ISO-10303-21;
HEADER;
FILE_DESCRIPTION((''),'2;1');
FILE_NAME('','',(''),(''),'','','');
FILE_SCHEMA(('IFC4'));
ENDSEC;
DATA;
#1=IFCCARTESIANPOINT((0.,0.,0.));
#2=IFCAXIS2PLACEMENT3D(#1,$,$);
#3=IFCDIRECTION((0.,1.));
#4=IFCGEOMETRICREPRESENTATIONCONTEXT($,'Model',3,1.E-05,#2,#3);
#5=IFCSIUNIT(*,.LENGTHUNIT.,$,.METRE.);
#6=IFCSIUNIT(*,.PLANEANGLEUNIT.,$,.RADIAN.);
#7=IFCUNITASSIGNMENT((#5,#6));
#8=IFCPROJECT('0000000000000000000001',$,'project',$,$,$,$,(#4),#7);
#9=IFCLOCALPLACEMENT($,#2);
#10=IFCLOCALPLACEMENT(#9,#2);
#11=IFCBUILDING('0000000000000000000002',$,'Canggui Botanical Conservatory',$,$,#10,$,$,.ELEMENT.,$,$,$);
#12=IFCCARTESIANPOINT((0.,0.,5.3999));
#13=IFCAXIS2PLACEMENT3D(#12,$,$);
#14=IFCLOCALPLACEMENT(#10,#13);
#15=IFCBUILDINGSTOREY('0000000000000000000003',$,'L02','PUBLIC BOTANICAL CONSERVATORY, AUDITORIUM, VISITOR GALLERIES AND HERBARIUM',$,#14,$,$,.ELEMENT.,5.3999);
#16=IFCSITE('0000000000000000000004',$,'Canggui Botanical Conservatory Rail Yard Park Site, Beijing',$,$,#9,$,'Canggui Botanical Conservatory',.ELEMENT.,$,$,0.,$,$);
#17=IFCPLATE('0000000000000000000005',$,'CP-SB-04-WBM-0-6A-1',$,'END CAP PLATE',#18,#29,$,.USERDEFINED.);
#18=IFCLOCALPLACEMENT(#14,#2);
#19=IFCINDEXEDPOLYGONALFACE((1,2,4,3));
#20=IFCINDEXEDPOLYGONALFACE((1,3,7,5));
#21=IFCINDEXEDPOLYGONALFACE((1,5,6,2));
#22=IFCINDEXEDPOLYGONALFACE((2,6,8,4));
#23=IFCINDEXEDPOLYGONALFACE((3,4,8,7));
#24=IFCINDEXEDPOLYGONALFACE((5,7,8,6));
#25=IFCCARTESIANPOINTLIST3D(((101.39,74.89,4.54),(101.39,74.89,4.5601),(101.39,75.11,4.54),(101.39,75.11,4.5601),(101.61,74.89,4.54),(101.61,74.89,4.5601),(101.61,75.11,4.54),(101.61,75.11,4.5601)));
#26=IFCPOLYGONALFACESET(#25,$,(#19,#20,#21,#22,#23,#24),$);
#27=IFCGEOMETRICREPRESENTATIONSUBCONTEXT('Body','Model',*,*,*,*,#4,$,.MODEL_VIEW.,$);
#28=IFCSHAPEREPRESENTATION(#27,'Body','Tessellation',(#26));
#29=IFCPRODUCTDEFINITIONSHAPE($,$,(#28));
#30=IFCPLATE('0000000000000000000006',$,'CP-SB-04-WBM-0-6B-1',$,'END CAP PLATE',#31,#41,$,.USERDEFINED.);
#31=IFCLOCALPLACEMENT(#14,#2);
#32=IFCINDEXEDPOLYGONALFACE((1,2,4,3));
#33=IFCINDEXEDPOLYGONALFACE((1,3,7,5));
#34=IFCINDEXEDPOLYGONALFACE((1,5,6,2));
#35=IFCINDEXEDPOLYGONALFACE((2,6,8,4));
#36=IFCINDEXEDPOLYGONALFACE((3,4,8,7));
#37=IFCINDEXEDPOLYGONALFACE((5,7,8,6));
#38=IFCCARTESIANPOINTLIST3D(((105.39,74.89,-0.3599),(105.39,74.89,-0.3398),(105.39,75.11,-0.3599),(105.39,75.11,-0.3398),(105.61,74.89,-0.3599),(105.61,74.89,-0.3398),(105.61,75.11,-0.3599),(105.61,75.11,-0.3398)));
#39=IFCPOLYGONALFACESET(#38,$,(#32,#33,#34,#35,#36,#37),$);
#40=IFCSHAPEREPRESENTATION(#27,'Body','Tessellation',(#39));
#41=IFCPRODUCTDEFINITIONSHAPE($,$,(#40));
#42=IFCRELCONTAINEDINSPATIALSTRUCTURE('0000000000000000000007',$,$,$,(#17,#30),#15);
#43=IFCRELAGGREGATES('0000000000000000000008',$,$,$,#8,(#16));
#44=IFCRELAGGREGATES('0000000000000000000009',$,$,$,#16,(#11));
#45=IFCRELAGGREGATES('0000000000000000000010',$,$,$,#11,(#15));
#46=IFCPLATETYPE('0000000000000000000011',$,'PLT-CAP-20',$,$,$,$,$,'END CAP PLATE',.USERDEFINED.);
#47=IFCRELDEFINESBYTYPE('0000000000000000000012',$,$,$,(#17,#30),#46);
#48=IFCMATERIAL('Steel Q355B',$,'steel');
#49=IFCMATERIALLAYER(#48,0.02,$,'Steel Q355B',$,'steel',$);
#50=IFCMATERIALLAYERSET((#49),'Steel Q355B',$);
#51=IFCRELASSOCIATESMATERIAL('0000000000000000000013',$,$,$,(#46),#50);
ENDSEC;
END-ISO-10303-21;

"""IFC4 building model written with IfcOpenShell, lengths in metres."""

from ifc_helpers import new_model, si_unit, direction, frame, origin, origin_2d, place, context, subcontext, project, spatial, rectangle, extrude, material, layer, layer_set, type_object, element, save


model = new_model("IFC4")

# Units and contexts
model_context = context("Model", 3, precision=1e-05, world=origin(), true_north=direction((0.0, 1.0)))
body_context = subcontext(model_context, "Body", "Model", "MODEL_VIEW")
ifc_project = project(units=[si_unit("LENGTHUNIT", "METRE"), si_unit("PLANEANGLEUNIT", "RADIAN")], contexts=[model_context])

# Site, building, storey
site_placement = place(None, origin())
site = spatial("IfcSite", under=ifc_project, at=site_placement, Name="Canggui Botanical Conservatory Rail Yard Park Site, Beijing", LongName="Canggui Botanical Conservatory", CompositionType="ELEMENT", RefElevation=0.0)
building_placement = place(site_placement, origin())
building = spatial("IfcBuilding", under=site, at=building_placement, Name="Canggui Botanical Conservatory", CompositionType="ELEMENT")
storey_placement = place(building_placement, frame((0.0, 0.0, 5.3999)))
storey = spatial("IfcBuildingStorey", under=building, at=storey_placement, Name="L02", Description="PUBLIC BOTANICAL CONSERVATORY, AUDITORIUM, VISITOR GALLERIES AND HERBARIUM", CompositionType="ELEMENT", Elevation=5.3999)

# Shared definitions
ifc_material_1 = material(Name="Steel Q355B", Category="steel")

# Plates
ifc_layer_1 = layer(ifc_material_1, 0.02, Name="Steel Q355B", Category="steel")
ifc_layer_set_1 = layer_set([ifc_layer_1], Name="Steel Q355B")
plate_type_1 = type_object("IfcPlateType", Name="PLT-CAP-20", ElementType="END CAP PLATE", PredefinedType="USERDEFINED", material=ifc_layer_set_1)
for number, where, z_axis, x_axis, name in (
    (1, (101.5, 75.0, 4.54), (0.0, 0.0, 1.0), (1.0, 0.0, 0.0), "CP-SB-04-WBM-0-6A-1"),
    (2, (105.5, 75.0, -0.3599), (0.0, 0.0, 1.0), (1.0, 0.0, 0.0), "CP-SB-04-WBM-0-6B-1"),
):
    element("IfcPlate", number, at=place(storey_placement, frame(where, z_axis=z_axis, x_axis=x_axis)), inside=storey, type_object=plate_type_1, Name=name, ObjectType="END CAP PLATE", PredefinedType="USERDEFINED", context=body_context, shape_type="SweptSolid", body=[
        extrude(rectangle(XDim=0.22, YDim=0.22, at=origin_2d()), origin(), (0.0, 0.0, 1.0), 0.02),
    ])

save(model, "model.ifc")
